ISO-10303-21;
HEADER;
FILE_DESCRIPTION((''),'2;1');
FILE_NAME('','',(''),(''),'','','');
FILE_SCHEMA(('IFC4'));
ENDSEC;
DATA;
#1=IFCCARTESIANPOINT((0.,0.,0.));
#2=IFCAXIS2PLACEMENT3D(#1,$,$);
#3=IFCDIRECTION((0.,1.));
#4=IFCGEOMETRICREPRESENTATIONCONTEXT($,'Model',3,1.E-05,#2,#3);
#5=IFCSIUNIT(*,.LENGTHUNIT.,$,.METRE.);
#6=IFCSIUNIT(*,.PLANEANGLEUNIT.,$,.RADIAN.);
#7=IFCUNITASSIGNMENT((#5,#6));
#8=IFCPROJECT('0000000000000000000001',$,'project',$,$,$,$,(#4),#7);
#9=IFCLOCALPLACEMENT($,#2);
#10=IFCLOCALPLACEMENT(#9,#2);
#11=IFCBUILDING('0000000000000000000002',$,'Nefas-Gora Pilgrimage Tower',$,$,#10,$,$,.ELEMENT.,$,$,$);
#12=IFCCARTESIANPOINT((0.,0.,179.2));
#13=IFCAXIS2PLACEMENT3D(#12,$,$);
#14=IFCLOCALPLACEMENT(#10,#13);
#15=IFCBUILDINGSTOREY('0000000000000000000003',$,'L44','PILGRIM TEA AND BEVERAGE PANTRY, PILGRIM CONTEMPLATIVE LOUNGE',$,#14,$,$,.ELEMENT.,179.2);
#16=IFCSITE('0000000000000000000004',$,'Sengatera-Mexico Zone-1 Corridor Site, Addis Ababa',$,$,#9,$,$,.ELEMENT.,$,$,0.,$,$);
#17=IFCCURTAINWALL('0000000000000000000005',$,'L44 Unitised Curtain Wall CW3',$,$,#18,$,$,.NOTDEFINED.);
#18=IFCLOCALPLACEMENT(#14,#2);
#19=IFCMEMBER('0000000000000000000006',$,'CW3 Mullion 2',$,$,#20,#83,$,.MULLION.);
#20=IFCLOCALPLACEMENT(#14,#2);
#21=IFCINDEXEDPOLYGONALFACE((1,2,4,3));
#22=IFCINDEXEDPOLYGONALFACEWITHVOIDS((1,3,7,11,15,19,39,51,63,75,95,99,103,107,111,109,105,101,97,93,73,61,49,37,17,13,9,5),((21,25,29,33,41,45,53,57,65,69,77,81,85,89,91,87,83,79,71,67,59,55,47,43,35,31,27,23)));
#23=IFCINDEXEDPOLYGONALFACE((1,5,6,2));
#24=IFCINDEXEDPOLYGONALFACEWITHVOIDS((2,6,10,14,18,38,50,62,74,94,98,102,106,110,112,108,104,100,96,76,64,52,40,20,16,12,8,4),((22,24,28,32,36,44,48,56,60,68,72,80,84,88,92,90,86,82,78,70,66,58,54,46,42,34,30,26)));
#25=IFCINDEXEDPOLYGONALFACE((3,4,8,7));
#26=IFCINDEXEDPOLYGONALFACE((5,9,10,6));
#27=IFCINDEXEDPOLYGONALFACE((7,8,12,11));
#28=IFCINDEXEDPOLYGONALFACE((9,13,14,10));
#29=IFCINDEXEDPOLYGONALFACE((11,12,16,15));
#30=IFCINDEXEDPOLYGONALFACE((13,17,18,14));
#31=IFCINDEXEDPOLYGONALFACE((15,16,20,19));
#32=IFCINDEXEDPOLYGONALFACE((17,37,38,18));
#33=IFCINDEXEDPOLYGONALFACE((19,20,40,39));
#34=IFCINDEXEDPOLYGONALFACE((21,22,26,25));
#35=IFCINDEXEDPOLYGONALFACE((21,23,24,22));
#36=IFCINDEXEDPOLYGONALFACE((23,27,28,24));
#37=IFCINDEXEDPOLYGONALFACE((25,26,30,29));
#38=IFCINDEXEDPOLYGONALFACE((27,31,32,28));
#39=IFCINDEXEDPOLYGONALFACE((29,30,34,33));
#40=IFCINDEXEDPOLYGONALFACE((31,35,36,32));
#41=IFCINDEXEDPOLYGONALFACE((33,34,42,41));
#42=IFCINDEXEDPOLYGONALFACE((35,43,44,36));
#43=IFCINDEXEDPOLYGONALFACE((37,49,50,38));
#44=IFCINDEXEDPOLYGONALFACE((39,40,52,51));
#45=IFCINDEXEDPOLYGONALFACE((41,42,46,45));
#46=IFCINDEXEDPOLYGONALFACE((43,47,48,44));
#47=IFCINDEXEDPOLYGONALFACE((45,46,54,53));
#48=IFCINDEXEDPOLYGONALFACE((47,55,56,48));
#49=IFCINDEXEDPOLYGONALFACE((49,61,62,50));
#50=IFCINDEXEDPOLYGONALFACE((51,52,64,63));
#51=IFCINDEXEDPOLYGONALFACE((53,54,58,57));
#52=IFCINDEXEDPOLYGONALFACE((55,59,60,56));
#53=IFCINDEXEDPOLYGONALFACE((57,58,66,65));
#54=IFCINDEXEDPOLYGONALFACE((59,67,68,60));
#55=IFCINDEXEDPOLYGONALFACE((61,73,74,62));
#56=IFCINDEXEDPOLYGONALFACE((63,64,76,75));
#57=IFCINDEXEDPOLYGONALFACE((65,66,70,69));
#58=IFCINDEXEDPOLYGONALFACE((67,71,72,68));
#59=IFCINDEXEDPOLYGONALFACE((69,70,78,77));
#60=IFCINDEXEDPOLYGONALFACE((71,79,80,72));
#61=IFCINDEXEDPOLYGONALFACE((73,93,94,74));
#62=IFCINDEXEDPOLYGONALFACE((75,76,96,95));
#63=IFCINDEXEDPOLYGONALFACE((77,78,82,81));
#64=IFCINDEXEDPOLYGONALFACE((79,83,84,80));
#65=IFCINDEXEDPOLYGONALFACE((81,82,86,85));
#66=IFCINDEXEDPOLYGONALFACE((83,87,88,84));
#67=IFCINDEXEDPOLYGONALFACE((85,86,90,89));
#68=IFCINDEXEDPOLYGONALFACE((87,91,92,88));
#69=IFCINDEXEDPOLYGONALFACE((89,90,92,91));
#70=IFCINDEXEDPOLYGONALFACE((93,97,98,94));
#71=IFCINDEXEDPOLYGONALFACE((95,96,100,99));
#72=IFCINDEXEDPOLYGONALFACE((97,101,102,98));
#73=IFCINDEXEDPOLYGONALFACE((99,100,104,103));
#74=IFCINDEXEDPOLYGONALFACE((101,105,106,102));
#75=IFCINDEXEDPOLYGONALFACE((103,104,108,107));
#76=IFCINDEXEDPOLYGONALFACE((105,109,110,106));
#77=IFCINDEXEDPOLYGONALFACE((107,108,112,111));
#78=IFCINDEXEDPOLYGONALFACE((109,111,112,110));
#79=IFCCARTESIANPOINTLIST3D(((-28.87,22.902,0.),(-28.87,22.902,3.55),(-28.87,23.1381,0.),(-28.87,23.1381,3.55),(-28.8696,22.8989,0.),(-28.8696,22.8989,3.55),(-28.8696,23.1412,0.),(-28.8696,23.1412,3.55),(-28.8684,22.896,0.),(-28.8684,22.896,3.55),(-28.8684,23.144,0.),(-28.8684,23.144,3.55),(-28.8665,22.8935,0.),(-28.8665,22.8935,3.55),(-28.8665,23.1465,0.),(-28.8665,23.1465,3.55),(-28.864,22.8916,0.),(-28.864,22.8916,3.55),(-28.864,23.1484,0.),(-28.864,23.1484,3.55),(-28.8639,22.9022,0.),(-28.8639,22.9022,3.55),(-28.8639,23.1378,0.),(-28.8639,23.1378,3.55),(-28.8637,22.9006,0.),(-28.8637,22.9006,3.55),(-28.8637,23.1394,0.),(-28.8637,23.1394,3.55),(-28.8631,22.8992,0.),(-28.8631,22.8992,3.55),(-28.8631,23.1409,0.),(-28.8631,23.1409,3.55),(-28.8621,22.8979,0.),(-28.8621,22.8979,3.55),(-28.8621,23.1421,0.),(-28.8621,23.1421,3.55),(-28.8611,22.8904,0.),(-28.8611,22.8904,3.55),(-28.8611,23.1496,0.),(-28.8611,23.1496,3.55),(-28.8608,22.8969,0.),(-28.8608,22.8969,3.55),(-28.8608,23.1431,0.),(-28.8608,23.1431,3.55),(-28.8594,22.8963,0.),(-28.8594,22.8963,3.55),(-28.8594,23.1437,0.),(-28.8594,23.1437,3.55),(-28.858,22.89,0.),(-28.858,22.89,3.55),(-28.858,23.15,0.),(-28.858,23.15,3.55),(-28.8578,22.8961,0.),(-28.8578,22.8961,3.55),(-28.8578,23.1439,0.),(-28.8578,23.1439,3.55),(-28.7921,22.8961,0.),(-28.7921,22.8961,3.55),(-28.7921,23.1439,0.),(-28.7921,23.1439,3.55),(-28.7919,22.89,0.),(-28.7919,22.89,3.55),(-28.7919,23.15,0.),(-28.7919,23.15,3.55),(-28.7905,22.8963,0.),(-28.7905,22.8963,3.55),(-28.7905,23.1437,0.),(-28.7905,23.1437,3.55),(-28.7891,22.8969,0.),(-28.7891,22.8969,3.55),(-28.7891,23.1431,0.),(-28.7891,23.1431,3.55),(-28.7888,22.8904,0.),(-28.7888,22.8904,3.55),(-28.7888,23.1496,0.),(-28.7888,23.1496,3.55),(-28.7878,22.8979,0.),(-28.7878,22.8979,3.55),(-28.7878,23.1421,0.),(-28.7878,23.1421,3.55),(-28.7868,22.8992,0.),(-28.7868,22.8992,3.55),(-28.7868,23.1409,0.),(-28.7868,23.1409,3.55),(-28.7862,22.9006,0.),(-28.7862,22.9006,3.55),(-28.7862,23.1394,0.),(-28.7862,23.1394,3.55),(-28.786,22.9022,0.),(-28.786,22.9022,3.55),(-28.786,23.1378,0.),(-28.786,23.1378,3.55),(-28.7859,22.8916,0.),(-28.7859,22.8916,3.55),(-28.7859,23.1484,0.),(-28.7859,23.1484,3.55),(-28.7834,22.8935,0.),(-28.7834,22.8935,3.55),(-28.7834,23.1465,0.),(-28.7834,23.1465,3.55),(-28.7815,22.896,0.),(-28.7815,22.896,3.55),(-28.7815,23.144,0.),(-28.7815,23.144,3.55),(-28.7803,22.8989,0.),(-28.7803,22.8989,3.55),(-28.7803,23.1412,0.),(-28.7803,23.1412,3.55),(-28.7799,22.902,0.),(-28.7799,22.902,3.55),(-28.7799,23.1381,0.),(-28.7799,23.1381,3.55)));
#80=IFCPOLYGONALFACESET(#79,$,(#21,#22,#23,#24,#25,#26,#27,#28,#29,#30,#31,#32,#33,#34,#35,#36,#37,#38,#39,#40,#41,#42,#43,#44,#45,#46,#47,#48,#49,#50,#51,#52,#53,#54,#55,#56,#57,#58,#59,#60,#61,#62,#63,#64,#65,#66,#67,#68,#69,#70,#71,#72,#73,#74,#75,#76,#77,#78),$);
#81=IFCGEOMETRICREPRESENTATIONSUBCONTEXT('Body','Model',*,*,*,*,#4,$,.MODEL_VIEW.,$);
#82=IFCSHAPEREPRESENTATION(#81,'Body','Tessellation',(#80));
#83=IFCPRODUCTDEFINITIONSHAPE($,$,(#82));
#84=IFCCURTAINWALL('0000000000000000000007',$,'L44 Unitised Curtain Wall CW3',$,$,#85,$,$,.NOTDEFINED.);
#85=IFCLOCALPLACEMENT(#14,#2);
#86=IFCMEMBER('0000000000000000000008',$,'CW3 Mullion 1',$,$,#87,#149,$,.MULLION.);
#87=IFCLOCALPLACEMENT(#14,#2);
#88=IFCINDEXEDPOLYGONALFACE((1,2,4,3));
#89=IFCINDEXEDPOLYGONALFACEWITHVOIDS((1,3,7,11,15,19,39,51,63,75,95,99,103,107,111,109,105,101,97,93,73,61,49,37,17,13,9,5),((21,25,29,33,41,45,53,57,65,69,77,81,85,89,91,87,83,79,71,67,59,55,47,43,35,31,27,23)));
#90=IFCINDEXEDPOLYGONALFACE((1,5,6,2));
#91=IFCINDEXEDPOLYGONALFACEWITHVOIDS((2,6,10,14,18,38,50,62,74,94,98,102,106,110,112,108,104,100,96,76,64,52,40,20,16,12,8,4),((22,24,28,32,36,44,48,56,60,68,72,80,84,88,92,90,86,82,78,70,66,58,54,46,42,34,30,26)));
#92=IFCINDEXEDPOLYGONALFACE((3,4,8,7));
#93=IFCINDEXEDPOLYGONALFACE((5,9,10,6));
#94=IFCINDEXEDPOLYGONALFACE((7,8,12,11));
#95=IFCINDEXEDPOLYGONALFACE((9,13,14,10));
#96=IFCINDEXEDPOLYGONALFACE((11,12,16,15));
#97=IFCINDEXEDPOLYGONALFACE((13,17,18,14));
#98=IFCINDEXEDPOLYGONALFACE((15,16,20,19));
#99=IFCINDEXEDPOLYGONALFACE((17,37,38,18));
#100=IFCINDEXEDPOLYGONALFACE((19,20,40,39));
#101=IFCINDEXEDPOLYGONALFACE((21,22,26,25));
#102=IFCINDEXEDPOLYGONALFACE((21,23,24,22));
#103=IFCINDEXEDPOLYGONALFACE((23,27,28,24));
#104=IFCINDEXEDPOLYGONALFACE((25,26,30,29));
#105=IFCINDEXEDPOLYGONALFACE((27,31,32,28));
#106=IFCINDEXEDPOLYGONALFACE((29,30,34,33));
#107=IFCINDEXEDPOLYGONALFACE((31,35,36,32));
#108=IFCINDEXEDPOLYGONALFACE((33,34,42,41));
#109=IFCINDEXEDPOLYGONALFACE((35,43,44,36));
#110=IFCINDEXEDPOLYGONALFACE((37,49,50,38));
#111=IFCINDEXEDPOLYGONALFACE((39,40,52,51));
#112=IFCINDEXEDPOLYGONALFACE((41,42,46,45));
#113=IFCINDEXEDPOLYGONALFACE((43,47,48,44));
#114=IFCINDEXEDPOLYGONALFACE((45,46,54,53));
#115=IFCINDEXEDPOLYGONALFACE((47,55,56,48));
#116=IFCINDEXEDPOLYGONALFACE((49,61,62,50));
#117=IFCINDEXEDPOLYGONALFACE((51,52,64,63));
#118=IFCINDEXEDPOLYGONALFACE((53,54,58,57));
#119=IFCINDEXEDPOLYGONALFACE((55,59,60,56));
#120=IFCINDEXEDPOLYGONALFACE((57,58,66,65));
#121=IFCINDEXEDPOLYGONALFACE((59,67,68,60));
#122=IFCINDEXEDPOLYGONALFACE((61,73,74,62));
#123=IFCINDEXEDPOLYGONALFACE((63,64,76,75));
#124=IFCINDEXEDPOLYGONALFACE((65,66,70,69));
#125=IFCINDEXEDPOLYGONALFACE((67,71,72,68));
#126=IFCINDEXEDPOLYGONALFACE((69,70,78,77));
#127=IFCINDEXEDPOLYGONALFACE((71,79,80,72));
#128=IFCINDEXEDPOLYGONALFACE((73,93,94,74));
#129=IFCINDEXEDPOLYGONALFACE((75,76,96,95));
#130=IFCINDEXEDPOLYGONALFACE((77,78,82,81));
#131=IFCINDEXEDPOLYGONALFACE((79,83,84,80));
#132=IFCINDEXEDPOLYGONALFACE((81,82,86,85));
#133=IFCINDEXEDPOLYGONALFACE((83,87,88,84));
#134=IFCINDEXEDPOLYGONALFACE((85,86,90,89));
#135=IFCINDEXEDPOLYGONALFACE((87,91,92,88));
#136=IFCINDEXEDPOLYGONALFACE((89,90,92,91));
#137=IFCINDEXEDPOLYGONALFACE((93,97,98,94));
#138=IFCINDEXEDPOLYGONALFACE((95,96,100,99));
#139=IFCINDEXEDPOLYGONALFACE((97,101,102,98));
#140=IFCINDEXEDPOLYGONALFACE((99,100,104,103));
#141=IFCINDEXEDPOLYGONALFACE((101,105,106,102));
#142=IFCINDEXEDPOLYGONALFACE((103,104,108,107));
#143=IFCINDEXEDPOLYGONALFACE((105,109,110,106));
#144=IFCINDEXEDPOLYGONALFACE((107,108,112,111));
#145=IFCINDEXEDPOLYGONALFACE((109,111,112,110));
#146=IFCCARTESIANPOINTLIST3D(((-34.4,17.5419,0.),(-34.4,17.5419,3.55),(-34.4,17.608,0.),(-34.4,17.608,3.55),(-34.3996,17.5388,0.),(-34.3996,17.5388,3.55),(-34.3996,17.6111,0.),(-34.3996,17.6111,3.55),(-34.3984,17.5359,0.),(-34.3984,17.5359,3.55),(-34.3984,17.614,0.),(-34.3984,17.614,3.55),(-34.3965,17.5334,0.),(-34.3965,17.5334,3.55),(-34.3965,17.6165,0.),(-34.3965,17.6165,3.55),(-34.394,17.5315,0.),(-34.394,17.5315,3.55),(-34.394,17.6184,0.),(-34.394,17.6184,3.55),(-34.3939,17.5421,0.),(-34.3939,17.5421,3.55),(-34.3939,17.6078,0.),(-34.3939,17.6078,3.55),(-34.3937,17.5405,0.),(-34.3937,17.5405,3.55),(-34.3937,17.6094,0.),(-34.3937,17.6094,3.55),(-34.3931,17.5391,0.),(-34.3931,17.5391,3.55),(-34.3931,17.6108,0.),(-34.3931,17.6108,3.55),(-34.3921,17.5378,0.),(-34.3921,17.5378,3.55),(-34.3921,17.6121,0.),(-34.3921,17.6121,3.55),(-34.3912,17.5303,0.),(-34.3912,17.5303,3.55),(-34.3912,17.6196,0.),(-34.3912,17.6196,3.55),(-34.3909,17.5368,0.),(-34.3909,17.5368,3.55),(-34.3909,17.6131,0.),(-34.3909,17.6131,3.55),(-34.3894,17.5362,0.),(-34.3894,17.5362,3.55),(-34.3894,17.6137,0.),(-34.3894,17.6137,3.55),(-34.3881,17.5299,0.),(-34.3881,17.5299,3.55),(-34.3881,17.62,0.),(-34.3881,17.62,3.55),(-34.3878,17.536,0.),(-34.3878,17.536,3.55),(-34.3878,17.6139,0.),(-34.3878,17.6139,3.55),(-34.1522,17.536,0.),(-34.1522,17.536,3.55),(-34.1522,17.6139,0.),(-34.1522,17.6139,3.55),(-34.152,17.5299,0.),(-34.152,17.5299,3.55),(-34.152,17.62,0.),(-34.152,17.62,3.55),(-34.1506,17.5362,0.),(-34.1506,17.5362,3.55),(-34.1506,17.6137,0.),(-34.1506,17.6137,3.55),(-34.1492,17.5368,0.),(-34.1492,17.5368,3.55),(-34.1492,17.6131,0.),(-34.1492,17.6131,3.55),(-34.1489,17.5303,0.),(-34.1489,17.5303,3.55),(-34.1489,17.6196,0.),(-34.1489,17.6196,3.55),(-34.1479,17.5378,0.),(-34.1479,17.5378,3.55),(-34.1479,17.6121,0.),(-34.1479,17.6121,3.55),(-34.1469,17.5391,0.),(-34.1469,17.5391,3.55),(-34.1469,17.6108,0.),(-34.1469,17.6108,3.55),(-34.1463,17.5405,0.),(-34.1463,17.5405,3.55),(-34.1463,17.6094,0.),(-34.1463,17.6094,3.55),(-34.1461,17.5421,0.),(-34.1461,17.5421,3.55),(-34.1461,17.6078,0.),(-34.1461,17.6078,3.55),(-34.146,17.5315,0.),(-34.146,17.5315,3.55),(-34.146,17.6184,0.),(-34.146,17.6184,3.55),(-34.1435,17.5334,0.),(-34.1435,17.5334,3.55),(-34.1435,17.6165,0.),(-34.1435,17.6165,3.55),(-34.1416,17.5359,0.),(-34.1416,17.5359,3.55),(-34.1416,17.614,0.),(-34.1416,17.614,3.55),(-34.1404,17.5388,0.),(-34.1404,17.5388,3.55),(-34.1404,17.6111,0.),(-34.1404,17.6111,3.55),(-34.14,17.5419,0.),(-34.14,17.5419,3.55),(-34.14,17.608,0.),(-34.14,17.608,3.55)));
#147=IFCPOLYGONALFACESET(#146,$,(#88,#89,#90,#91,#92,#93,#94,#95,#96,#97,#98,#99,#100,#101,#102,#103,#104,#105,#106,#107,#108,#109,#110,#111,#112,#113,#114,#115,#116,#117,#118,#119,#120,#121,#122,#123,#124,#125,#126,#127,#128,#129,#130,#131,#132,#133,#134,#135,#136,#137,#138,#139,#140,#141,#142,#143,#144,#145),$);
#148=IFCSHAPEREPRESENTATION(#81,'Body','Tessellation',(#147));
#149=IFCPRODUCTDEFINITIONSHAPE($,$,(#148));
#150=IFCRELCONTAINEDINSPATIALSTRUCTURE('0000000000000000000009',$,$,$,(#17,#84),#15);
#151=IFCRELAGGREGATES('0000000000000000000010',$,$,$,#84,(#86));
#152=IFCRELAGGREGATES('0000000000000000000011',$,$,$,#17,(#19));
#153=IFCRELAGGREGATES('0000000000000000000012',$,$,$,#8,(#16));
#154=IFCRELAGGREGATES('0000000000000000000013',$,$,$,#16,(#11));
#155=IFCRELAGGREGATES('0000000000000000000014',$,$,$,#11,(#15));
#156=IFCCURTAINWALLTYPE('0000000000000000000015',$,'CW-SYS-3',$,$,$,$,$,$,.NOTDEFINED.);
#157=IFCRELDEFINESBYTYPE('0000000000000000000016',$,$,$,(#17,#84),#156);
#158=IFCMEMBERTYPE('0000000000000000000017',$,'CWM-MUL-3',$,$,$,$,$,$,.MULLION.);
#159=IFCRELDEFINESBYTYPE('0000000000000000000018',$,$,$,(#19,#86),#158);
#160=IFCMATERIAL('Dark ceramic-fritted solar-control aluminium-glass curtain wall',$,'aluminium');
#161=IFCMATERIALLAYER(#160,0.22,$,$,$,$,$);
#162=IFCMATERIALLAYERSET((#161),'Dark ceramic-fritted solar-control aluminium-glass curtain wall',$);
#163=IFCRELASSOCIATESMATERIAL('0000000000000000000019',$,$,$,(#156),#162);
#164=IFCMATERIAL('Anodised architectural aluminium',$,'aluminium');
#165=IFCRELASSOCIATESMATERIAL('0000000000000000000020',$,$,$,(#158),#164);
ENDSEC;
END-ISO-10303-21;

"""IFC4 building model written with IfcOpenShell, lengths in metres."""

from ifc_helpers import new_model, si_unit, direction, frame, origin, origin_2d, place, context, subcontext, project, spatial, hollow_rectangle, extrude, source, transform, mapped, material, layer, layer_set, material_profile, profile_set, type_object, element, aggregate, save


model = new_model("IFC4")

# Units and contexts
model_context = context("Model", 3, precision=1e-05, world=origin(), true_north=direction((0.0, 1.0)))
body_context = subcontext(model_context, "Body", "Model", "MODEL_VIEW")
ifc_project = project(units=[si_unit("LENGTHUNIT", "METRE"), si_unit("PLANEANGLEUNIT", "RADIAN")], contexts=[model_context])

# Site, building, storey
site_placement = place(None, origin())
site = spatial("IfcSite", under=ifc_project, at=site_placement, Name="Sengatera-Mexico Zone-1 Corridor Site, Addis Ababa", CompositionType="ELEMENT", RefElevation=0.0)
building_placement = place(site_placement, origin())
building = spatial("IfcBuilding", under=site, at=building_placement, Name="Nefas-Gora Pilgrimage Tower", CompositionType="ELEMENT")
storey_placement = place(building_placement, frame((0.0, 0.0, 179.2)))
storey = spatial("IfcBuildingStorey", under=building, at=storey_placement, Name="L44", Description="PILGRIM TEA AND BEVERAGE PANTRY, PILGRIM CONTEMPLATIVE LOUNGE", CompositionType="ELEMENT", Elevation=179.2)

# Shared definitions
ifc_material_1 = material(Name="Dark ceramic-fritted solar-control aluminium-glass curtain wall", Category="aluminium")
ifc_material_2 = material(Name="Anodised architectural aluminium", Category="aluminium")

# Curtain wall, member
ifc_layer_1 = layer(ifc_material_1, 0.22)
ifc_layer_set_1 = layer_set([ifc_layer_1], Name="Dark ceramic-fritted solar-control aluminium-glass curtain wall")
curtain_wall_type_1 = type_object("IfcCurtainWallType", Name="CW-SYS-3", PredefinedType="NOTDEFINED", material=ifc_layer_set_1)
curtain_wall_1_placement = place(storey_placement, origin())
curtain_wall_1 = element("IfcCurtainWall", 1, at=curtain_wall_1_placement, inside=storey, type_object=curtain_wall_type_1, Name="L44 Unitised Curtain Wall CW3", PredefinedType="NOTDEFINED")
ifc_material_profile_1 = material_profile(ifc_material_2, hollow_rectangle(XDim=0.0901, YDim=0.26, WallThickness=0.0061, InnerFilletRadius=0.0061, OuterFilletRadius=0.012, at=origin_2d()), Name="ALU MULLION 90x260")
ifc_profile_set_1 = profile_set([ifc_material_profile_1], Name="Anodised architectural aluminium")
member_type_1 = type_object("IfcMemberType", Name="CWM-MUL-3", PredefinedType="MULLION", material=ifc_profile_set_1)
shared_shape_1 = source(origin(), body_context, "Body", "SweptSolid", [
    extrude(hollow_rectangle(XDim=0.0901, YDim=0.26, WallThickness=0.0061, InnerFilletRadius=0.0061, OuterFilletRadius=0.012, at=origin_2d()), origin(), (0.0, 0.0, 1.0), 3.55),
])
member_1_placement = place(storey_placement, frame((-28.825, 23.02, 0.0), z_axis=(0.0, 0.0, 1.0), x_axis=(-1.0, 0.0, 0.0)))
member_1 = element("IfcMember", 2, at=member_1_placement, type_object=member_type_1, Name="CW3 Mullion 2", PredefinedType="MULLION", context=body_context, shape_type="MappedRepresentation", body=[
    mapped(shared_shape_1, transform((0.0, 0.0, 0.0), x_axis=(1.0, 0.0, 0.0), y_axis=(0.0, 1.0, 0.0), z_axis=(0.0, 0.0, 1.0), scale=1.0)),
])

# Curtain wall, member
curtain_wall_2_placement = place(storey_placement, origin())
curtain_wall_2 = element("IfcCurtainWall", 3, at=curtain_wall_2_placement, inside=storey, type_object=curtain_wall_type_1, Name="L44 Unitised Curtain Wall CW3", PredefinedType="NOTDEFINED")
member_2_placement = place(storey_placement, frame((-34.27, 17.575, 0.0), z_axis=(0.0, 0.0, 1.0), x_axis=(0.0, -1.0, 0.0)))
member_2 = element("IfcMember", 4, at=member_2_placement, type_object=member_type_1, Name="CW3 Mullion 1", PredefinedType="MULLION", context=body_context, shape_type="MappedRepresentation", body=[
    mapped(shared_shape_1, transform((0.0, 0.0, 0.0), x_axis=(1.0, 0.0, 0.0), y_axis=(0.0, 1.0, 0.0), z_axis=(0.0, 0.0, 1.0), scale=1.0)),
])

aggregate(curtain_wall_2, [member_2])

aggregate(curtain_wall_1, [member_1])

save(model, "model.ifc")
